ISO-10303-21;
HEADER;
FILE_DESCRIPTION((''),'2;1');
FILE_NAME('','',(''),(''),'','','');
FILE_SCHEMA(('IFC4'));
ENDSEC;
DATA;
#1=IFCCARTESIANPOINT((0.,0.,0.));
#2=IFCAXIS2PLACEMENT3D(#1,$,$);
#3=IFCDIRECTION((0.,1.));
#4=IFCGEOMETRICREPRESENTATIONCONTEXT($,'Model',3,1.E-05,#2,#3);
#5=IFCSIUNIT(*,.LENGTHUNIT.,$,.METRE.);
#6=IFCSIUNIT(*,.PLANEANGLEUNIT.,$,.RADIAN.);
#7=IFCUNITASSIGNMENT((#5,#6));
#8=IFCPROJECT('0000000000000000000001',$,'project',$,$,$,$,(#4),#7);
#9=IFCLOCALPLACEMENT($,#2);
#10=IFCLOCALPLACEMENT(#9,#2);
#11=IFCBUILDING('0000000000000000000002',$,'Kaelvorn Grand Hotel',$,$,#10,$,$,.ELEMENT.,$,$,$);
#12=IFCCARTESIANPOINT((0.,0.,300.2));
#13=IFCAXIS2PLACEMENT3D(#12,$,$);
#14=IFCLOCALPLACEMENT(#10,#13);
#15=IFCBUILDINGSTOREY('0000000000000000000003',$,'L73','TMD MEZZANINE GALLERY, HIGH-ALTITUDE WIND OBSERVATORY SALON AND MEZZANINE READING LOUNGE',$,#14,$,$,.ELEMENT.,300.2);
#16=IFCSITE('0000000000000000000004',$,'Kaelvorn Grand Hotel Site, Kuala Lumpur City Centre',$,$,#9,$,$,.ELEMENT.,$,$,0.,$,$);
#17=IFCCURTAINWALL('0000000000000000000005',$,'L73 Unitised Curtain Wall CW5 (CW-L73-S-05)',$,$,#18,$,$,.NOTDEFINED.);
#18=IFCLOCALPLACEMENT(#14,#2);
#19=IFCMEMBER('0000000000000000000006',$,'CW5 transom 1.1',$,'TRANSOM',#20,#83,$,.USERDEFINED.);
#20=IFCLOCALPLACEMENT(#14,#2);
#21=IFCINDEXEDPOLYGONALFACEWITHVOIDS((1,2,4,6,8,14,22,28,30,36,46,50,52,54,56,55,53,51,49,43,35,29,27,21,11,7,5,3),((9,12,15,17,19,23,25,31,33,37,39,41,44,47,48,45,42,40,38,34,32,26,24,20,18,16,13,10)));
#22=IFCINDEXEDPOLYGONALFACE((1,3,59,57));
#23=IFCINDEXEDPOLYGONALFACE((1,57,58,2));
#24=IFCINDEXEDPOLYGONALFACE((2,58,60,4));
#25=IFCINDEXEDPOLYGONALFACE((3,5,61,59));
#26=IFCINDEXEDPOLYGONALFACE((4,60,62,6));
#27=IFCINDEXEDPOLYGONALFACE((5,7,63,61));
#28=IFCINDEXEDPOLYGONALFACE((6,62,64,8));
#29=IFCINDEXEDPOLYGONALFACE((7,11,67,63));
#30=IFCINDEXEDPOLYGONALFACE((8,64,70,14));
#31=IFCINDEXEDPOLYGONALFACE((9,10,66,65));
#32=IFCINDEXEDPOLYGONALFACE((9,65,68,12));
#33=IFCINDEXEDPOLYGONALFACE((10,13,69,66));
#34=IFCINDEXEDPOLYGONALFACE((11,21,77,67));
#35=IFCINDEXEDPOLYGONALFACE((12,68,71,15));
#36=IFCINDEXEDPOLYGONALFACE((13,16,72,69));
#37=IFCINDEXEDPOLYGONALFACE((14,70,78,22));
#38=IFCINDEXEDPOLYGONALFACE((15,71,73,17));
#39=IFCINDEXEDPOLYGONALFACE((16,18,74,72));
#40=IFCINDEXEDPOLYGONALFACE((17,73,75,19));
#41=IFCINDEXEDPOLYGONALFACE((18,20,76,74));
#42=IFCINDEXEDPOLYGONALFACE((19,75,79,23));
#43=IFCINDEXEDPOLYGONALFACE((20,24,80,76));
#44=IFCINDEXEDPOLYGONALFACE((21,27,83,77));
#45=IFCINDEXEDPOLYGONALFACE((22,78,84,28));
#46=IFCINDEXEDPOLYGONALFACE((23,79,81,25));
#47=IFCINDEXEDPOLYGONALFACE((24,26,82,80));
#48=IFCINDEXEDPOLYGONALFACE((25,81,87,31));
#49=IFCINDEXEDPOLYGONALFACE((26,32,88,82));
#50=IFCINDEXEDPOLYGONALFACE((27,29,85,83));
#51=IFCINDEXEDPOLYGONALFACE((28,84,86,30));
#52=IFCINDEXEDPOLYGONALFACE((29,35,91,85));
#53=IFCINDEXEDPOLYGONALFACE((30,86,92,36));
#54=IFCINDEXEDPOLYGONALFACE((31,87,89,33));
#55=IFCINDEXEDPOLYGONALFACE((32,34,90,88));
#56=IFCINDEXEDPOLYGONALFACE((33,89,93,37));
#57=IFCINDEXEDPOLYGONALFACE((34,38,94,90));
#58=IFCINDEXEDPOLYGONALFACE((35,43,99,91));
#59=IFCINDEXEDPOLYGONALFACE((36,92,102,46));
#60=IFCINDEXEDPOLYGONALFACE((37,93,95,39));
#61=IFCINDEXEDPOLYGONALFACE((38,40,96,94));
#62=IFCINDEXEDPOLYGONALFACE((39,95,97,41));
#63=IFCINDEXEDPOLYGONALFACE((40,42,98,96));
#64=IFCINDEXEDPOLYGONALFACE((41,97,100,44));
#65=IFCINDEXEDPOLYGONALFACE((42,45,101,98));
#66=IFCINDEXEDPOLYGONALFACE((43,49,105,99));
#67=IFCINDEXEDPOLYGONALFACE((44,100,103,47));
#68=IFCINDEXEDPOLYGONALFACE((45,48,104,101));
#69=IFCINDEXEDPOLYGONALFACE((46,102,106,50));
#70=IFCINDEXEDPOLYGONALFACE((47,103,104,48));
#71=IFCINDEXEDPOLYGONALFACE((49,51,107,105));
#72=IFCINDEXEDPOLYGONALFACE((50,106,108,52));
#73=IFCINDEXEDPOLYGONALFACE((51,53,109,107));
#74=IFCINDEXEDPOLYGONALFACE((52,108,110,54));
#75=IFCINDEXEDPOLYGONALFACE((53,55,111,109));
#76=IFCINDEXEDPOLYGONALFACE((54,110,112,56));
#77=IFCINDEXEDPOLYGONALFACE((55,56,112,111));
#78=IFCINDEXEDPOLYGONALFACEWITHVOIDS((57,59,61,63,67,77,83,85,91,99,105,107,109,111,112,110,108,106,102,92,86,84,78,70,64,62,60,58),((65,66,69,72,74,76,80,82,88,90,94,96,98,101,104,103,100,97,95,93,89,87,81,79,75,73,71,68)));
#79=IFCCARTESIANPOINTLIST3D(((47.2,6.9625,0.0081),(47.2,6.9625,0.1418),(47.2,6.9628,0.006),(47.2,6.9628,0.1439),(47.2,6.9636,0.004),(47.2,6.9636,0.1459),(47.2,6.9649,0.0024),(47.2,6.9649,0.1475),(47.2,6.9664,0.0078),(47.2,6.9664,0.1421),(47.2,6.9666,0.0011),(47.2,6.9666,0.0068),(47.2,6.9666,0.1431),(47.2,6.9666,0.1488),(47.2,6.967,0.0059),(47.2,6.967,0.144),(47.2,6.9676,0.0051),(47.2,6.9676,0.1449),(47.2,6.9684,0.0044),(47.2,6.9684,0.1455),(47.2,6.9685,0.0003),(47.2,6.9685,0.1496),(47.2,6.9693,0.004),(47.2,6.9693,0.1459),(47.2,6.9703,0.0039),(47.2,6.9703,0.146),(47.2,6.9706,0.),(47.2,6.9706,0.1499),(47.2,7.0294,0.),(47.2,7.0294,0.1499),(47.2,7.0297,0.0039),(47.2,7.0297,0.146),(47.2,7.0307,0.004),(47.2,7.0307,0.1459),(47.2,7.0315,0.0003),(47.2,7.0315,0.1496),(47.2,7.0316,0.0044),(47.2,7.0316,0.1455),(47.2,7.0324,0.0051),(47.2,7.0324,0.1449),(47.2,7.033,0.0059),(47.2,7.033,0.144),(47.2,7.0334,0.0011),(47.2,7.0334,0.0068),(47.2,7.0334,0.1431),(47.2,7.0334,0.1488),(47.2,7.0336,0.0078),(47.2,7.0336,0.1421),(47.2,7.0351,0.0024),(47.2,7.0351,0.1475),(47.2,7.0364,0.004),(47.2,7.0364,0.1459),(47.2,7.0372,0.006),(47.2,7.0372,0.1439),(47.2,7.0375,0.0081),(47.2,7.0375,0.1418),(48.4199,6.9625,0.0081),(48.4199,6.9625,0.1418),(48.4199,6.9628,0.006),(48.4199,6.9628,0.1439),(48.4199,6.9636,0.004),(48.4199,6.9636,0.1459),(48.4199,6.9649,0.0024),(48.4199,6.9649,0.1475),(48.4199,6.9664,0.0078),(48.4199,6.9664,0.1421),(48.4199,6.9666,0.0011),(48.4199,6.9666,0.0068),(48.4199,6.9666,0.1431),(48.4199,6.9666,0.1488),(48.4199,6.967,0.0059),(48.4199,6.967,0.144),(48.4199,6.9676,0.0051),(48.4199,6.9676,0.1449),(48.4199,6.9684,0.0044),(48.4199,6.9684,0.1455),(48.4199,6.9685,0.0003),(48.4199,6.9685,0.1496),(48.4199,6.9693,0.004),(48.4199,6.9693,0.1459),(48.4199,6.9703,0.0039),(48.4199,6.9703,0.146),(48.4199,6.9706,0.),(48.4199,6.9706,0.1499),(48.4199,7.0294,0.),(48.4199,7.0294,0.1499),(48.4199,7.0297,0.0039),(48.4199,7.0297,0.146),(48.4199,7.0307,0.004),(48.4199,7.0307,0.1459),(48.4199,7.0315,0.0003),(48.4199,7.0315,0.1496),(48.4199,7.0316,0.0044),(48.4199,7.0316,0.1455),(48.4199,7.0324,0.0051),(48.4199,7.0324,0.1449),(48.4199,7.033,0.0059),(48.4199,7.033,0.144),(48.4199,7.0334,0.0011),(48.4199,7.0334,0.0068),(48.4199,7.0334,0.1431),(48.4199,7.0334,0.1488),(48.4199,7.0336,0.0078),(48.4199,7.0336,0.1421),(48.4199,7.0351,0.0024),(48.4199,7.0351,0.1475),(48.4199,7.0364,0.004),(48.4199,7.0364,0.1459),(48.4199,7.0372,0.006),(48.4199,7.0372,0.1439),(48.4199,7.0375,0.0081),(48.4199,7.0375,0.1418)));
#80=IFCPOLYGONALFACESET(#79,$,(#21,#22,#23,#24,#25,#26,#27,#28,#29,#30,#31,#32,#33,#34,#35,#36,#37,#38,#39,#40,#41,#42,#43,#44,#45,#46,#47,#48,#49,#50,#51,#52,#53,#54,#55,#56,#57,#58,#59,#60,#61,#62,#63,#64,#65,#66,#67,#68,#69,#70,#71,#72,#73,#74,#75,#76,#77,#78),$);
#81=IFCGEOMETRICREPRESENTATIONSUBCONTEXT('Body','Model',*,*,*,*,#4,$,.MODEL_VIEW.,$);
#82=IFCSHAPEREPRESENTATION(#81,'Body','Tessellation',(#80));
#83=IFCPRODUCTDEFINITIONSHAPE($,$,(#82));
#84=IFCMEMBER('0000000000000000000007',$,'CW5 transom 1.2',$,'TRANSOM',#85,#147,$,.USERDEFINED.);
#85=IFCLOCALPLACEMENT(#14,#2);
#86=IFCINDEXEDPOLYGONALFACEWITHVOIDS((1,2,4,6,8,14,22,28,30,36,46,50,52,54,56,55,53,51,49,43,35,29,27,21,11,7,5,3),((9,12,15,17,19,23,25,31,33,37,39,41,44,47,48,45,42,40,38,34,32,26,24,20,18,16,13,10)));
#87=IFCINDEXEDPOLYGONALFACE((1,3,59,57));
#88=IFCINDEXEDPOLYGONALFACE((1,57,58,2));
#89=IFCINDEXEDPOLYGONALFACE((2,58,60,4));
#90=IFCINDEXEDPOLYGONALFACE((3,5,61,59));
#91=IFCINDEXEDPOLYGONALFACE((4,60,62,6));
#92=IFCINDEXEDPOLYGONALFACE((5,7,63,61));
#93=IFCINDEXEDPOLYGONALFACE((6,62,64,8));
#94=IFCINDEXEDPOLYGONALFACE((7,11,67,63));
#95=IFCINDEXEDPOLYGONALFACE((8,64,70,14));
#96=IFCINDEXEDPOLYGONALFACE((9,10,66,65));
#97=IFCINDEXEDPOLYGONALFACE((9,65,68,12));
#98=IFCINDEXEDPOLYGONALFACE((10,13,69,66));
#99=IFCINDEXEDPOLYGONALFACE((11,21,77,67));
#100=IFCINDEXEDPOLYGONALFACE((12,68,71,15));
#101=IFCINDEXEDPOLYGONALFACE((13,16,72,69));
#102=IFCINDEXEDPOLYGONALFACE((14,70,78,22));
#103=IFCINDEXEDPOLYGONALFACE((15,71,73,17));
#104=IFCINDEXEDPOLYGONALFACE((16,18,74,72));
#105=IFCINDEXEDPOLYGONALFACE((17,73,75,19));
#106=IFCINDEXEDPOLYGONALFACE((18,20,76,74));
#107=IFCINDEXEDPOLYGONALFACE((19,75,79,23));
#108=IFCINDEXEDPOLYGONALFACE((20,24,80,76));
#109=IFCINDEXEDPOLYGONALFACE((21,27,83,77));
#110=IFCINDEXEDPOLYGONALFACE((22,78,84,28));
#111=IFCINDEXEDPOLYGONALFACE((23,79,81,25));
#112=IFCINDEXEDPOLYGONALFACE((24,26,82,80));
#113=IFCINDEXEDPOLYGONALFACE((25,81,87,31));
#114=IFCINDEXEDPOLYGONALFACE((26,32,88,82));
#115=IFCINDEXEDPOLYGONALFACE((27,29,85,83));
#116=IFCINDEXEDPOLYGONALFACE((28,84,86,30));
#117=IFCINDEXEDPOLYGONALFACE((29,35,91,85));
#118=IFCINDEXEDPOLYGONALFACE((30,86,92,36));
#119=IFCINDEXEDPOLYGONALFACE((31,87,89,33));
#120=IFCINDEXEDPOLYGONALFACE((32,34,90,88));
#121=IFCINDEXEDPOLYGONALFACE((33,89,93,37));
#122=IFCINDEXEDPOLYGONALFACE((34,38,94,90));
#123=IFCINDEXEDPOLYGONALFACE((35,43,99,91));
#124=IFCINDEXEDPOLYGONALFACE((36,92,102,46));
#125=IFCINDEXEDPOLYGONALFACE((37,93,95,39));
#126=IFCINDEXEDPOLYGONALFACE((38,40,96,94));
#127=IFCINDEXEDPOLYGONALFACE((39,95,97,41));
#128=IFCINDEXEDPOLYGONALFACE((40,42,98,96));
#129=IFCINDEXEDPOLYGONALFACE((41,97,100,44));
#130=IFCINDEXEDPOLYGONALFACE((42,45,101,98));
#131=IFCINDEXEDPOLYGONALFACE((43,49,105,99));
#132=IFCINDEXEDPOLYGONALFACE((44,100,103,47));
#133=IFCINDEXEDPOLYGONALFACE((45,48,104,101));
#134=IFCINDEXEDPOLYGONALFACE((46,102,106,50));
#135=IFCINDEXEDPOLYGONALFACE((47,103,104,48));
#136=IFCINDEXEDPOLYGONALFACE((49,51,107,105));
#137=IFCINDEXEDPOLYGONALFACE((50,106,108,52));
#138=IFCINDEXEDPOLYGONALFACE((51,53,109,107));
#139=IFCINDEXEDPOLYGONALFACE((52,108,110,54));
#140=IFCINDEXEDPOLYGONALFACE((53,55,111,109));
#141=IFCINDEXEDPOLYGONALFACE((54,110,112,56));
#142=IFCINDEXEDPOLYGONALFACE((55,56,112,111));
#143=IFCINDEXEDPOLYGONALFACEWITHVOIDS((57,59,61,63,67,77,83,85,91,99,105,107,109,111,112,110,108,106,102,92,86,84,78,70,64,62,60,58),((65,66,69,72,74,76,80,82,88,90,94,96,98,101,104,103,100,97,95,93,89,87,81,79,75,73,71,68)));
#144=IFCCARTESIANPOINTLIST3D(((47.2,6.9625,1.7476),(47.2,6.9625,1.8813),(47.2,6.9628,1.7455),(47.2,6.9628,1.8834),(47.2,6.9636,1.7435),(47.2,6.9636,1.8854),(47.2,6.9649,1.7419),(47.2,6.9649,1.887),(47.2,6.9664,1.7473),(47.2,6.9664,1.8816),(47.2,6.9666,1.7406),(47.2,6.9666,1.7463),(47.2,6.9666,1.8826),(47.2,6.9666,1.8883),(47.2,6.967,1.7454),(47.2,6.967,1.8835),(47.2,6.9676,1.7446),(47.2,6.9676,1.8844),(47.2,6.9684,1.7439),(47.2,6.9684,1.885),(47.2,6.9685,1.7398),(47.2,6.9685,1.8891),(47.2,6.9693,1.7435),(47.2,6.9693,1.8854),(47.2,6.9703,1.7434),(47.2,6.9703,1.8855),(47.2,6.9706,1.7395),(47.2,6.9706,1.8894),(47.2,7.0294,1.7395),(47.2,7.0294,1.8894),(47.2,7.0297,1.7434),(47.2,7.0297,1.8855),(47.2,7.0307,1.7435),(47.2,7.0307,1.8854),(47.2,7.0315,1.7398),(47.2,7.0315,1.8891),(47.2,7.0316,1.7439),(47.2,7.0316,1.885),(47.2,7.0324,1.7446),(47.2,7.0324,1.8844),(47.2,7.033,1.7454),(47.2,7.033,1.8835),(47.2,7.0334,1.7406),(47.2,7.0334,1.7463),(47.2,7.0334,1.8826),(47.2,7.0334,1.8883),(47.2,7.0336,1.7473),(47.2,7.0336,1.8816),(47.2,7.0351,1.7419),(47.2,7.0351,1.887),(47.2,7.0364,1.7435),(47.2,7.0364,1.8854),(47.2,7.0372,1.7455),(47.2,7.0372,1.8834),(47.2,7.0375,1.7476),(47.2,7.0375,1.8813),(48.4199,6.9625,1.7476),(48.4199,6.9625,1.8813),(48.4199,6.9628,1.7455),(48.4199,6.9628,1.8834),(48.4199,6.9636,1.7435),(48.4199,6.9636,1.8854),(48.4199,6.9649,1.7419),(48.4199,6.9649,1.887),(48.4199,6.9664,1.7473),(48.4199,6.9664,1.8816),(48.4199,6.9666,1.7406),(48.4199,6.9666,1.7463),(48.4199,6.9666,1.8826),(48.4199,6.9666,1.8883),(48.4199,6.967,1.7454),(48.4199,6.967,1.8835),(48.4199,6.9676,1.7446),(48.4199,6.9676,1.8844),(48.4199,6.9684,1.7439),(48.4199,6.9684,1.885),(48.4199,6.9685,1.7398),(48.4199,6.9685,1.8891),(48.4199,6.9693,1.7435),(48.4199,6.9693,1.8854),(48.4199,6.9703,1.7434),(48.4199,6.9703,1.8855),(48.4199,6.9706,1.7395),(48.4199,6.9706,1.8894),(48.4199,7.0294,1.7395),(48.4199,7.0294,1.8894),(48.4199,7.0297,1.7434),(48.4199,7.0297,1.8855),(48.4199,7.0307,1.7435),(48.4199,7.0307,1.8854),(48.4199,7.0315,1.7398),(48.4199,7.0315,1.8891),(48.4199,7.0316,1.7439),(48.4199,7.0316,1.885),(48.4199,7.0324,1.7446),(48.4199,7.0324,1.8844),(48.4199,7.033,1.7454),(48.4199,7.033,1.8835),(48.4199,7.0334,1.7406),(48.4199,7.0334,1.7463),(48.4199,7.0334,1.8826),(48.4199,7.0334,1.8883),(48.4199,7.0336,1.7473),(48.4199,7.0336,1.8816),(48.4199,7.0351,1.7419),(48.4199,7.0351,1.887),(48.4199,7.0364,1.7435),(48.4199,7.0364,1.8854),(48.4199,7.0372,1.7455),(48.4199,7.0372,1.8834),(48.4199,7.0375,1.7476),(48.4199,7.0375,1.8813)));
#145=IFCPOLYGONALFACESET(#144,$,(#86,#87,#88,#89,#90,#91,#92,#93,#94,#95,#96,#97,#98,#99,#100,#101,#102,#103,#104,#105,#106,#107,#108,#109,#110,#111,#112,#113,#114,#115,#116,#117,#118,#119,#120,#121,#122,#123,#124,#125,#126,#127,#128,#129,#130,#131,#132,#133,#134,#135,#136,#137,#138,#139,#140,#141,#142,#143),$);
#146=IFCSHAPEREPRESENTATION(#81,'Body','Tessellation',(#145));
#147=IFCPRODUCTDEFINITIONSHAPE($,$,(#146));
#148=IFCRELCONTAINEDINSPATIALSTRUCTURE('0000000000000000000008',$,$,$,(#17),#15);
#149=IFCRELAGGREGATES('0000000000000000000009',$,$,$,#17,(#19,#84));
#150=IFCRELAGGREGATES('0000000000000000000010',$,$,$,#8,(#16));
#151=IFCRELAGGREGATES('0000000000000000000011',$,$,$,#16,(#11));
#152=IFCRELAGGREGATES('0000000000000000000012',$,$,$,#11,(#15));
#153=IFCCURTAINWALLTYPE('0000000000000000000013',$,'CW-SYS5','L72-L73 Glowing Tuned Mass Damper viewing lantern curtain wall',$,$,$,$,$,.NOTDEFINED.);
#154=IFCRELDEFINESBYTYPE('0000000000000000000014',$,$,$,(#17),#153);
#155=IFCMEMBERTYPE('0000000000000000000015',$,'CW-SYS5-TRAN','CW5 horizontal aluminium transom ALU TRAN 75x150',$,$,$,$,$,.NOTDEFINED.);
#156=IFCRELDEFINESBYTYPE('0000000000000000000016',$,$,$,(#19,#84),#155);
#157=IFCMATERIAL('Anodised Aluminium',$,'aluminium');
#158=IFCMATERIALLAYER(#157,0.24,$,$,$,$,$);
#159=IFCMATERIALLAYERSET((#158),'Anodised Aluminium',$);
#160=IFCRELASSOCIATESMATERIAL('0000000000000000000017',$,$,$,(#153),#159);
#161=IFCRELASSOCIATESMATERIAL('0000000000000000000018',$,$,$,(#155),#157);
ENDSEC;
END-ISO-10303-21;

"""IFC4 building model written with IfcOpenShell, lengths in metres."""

from ifc_helpers import new_model, si_unit, direction, frame, origin, origin_2d, place, context, subcontext, project, spatial, hollow_rectangle, extrude, material, layer, layer_set, material_profile, profile_set, type_object, element, aggregate, save


model = new_model("IFC4")

# Units and contexts
model_context = context("Model", 3, precision=1e-05, world=origin(), true_north=direction((0.0, 1.0)))
body_context = subcontext(model_context, "Body", "Model", "MODEL_VIEW")
ifc_project = project(units=[si_unit("LENGTHUNIT", "METRE"), si_unit("PLANEANGLEUNIT", "RADIAN")], contexts=[model_context])

# Site, building, storey
site_placement = place(None, origin())
site = spatial("IfcSite", under=ifc_project, at=site_placement, Name="Kaelvorn Grand Hotel Site, Kuala Lumpur City Centre", CompositionType="ELEMENT", RefElevation=0.0)
building_placement = place(site_placement, origin())
building = spatial("IfcBuilding", under=site, at=building_placement, Name="Kaelvorn Grand Hotel", CompositionType="ELEMENT")
storey_placement = place(building_placement, frame((0.0, 0.0, 300.2)))
storey = spatial("IfcBuildingStorey", under=building, at=storey_placement, Name="L73", Description="TMD MEZZANINE GALLERY, HIGH-ALTITUDE WIND OBSERVATORY SALON AND MEZZANINE READING LOUNGE", CompositionType="ELEMENT", Elevation=300.2)

# Curtain wall, members
ifc_material_1 = material(Name="Anodised Aluminium", Category="aluminium")
ifc_layer_1 = layer(ifc_material_1, 0.24)
ifc_layer_set_1 = layer_set([ifc_layer_1], Name="Anodised Aluminium")
curtain_wall_type = type_object("IfcCurtainWallType", Name="CW-SYS5", Description="L72-L73 Glowing Tuned Mass Damper viewing lantern curtain wall", PredefinedType="NOTDEFINED", material=ifc_layer_set_1)
curtain_wall_placement = place(storey_placement, origin())
curtain_wall = element("IfcCurtainWall", 1, at=curtain_wall_placement, inside=storey, type_object=curtain_wall_type, Name="L73 Unitised Curtain Wall CW5 (CW-L73-S-05)", PredefinedType="NOTDEFINED")
ifc_material_profile_1 = material_profile(ifc_material_1, hollow_rectangle(XDim=0.075, YDim=0.1499, WallThickness=0.0039, InnerFilletRadius=0.0039, OuterFilletRadius=0.0081, at=origin_2d()), Name="ALU TRAN 75x150")
ifc_profile_set_1 = profile_set([ifc_material_profile_1], Name="Anodised Aluminium")
member_type_1 = type_object("IfcMemberType", Name="CW-SYS5-TRAN", Description="CW5 horizontal aluminium transom ALU TRAN 75x150", PredefinedType="NOTDEFINED", material=ifc_profile_set_1)
member_1_placement = place(storey_placement, frame((47.2, 7.0, 0.075), z_axis=(1.0, 0.0, 0.0), x_axis=(0.0, 1.0, 0.0)))
member_1 = element("IfcMember", 2, at=member_1_placement, type_object=member_type_1, Name="CW5 transom 1.1", ObjectType="TRANSOM", PredefinedType="USERDEFINED", context=body_context, shape_type="SweptSolid", body=[
    extrude(hollow_rectangle(XDim=0.075, YDim=0.1499, WallThickness=0.0039, InnerFilletRadius=0.0039, OuterFilletRadius=0.0081, at=origin_2d()), origin(), (0.0, 0.0, 1.0), 1.22),
])
member_2_placement = place(storey_placement, frame((47.2, 7.0, 1.8145), z_axis=(1.0, 0.0, 0.0), x_axis=(0.0, 1.0, 0.0)))
member_2 = element("IfcMember", 3, at=member_2_placement, type_object=member_type_1, Name="CW5 transom 1.2", ObjectType="TRANSOM", PredefinedType="USERDEFINED", context=body_context, shape_type="SweptSolid", body=[
    extrude(hollow_rectangle(XDim=0.075, YDim=0.1499, WallThickness=0.0039, InnerFilletRadius=0.0039, OuterFilletRadius=0.0081, at=origin_2d()), origin(), (0.0, 0.0, 1.0), 1.22),
])
aggregate(curtain_wall, [member_1, member_2])

save(model, "model.ifc")
